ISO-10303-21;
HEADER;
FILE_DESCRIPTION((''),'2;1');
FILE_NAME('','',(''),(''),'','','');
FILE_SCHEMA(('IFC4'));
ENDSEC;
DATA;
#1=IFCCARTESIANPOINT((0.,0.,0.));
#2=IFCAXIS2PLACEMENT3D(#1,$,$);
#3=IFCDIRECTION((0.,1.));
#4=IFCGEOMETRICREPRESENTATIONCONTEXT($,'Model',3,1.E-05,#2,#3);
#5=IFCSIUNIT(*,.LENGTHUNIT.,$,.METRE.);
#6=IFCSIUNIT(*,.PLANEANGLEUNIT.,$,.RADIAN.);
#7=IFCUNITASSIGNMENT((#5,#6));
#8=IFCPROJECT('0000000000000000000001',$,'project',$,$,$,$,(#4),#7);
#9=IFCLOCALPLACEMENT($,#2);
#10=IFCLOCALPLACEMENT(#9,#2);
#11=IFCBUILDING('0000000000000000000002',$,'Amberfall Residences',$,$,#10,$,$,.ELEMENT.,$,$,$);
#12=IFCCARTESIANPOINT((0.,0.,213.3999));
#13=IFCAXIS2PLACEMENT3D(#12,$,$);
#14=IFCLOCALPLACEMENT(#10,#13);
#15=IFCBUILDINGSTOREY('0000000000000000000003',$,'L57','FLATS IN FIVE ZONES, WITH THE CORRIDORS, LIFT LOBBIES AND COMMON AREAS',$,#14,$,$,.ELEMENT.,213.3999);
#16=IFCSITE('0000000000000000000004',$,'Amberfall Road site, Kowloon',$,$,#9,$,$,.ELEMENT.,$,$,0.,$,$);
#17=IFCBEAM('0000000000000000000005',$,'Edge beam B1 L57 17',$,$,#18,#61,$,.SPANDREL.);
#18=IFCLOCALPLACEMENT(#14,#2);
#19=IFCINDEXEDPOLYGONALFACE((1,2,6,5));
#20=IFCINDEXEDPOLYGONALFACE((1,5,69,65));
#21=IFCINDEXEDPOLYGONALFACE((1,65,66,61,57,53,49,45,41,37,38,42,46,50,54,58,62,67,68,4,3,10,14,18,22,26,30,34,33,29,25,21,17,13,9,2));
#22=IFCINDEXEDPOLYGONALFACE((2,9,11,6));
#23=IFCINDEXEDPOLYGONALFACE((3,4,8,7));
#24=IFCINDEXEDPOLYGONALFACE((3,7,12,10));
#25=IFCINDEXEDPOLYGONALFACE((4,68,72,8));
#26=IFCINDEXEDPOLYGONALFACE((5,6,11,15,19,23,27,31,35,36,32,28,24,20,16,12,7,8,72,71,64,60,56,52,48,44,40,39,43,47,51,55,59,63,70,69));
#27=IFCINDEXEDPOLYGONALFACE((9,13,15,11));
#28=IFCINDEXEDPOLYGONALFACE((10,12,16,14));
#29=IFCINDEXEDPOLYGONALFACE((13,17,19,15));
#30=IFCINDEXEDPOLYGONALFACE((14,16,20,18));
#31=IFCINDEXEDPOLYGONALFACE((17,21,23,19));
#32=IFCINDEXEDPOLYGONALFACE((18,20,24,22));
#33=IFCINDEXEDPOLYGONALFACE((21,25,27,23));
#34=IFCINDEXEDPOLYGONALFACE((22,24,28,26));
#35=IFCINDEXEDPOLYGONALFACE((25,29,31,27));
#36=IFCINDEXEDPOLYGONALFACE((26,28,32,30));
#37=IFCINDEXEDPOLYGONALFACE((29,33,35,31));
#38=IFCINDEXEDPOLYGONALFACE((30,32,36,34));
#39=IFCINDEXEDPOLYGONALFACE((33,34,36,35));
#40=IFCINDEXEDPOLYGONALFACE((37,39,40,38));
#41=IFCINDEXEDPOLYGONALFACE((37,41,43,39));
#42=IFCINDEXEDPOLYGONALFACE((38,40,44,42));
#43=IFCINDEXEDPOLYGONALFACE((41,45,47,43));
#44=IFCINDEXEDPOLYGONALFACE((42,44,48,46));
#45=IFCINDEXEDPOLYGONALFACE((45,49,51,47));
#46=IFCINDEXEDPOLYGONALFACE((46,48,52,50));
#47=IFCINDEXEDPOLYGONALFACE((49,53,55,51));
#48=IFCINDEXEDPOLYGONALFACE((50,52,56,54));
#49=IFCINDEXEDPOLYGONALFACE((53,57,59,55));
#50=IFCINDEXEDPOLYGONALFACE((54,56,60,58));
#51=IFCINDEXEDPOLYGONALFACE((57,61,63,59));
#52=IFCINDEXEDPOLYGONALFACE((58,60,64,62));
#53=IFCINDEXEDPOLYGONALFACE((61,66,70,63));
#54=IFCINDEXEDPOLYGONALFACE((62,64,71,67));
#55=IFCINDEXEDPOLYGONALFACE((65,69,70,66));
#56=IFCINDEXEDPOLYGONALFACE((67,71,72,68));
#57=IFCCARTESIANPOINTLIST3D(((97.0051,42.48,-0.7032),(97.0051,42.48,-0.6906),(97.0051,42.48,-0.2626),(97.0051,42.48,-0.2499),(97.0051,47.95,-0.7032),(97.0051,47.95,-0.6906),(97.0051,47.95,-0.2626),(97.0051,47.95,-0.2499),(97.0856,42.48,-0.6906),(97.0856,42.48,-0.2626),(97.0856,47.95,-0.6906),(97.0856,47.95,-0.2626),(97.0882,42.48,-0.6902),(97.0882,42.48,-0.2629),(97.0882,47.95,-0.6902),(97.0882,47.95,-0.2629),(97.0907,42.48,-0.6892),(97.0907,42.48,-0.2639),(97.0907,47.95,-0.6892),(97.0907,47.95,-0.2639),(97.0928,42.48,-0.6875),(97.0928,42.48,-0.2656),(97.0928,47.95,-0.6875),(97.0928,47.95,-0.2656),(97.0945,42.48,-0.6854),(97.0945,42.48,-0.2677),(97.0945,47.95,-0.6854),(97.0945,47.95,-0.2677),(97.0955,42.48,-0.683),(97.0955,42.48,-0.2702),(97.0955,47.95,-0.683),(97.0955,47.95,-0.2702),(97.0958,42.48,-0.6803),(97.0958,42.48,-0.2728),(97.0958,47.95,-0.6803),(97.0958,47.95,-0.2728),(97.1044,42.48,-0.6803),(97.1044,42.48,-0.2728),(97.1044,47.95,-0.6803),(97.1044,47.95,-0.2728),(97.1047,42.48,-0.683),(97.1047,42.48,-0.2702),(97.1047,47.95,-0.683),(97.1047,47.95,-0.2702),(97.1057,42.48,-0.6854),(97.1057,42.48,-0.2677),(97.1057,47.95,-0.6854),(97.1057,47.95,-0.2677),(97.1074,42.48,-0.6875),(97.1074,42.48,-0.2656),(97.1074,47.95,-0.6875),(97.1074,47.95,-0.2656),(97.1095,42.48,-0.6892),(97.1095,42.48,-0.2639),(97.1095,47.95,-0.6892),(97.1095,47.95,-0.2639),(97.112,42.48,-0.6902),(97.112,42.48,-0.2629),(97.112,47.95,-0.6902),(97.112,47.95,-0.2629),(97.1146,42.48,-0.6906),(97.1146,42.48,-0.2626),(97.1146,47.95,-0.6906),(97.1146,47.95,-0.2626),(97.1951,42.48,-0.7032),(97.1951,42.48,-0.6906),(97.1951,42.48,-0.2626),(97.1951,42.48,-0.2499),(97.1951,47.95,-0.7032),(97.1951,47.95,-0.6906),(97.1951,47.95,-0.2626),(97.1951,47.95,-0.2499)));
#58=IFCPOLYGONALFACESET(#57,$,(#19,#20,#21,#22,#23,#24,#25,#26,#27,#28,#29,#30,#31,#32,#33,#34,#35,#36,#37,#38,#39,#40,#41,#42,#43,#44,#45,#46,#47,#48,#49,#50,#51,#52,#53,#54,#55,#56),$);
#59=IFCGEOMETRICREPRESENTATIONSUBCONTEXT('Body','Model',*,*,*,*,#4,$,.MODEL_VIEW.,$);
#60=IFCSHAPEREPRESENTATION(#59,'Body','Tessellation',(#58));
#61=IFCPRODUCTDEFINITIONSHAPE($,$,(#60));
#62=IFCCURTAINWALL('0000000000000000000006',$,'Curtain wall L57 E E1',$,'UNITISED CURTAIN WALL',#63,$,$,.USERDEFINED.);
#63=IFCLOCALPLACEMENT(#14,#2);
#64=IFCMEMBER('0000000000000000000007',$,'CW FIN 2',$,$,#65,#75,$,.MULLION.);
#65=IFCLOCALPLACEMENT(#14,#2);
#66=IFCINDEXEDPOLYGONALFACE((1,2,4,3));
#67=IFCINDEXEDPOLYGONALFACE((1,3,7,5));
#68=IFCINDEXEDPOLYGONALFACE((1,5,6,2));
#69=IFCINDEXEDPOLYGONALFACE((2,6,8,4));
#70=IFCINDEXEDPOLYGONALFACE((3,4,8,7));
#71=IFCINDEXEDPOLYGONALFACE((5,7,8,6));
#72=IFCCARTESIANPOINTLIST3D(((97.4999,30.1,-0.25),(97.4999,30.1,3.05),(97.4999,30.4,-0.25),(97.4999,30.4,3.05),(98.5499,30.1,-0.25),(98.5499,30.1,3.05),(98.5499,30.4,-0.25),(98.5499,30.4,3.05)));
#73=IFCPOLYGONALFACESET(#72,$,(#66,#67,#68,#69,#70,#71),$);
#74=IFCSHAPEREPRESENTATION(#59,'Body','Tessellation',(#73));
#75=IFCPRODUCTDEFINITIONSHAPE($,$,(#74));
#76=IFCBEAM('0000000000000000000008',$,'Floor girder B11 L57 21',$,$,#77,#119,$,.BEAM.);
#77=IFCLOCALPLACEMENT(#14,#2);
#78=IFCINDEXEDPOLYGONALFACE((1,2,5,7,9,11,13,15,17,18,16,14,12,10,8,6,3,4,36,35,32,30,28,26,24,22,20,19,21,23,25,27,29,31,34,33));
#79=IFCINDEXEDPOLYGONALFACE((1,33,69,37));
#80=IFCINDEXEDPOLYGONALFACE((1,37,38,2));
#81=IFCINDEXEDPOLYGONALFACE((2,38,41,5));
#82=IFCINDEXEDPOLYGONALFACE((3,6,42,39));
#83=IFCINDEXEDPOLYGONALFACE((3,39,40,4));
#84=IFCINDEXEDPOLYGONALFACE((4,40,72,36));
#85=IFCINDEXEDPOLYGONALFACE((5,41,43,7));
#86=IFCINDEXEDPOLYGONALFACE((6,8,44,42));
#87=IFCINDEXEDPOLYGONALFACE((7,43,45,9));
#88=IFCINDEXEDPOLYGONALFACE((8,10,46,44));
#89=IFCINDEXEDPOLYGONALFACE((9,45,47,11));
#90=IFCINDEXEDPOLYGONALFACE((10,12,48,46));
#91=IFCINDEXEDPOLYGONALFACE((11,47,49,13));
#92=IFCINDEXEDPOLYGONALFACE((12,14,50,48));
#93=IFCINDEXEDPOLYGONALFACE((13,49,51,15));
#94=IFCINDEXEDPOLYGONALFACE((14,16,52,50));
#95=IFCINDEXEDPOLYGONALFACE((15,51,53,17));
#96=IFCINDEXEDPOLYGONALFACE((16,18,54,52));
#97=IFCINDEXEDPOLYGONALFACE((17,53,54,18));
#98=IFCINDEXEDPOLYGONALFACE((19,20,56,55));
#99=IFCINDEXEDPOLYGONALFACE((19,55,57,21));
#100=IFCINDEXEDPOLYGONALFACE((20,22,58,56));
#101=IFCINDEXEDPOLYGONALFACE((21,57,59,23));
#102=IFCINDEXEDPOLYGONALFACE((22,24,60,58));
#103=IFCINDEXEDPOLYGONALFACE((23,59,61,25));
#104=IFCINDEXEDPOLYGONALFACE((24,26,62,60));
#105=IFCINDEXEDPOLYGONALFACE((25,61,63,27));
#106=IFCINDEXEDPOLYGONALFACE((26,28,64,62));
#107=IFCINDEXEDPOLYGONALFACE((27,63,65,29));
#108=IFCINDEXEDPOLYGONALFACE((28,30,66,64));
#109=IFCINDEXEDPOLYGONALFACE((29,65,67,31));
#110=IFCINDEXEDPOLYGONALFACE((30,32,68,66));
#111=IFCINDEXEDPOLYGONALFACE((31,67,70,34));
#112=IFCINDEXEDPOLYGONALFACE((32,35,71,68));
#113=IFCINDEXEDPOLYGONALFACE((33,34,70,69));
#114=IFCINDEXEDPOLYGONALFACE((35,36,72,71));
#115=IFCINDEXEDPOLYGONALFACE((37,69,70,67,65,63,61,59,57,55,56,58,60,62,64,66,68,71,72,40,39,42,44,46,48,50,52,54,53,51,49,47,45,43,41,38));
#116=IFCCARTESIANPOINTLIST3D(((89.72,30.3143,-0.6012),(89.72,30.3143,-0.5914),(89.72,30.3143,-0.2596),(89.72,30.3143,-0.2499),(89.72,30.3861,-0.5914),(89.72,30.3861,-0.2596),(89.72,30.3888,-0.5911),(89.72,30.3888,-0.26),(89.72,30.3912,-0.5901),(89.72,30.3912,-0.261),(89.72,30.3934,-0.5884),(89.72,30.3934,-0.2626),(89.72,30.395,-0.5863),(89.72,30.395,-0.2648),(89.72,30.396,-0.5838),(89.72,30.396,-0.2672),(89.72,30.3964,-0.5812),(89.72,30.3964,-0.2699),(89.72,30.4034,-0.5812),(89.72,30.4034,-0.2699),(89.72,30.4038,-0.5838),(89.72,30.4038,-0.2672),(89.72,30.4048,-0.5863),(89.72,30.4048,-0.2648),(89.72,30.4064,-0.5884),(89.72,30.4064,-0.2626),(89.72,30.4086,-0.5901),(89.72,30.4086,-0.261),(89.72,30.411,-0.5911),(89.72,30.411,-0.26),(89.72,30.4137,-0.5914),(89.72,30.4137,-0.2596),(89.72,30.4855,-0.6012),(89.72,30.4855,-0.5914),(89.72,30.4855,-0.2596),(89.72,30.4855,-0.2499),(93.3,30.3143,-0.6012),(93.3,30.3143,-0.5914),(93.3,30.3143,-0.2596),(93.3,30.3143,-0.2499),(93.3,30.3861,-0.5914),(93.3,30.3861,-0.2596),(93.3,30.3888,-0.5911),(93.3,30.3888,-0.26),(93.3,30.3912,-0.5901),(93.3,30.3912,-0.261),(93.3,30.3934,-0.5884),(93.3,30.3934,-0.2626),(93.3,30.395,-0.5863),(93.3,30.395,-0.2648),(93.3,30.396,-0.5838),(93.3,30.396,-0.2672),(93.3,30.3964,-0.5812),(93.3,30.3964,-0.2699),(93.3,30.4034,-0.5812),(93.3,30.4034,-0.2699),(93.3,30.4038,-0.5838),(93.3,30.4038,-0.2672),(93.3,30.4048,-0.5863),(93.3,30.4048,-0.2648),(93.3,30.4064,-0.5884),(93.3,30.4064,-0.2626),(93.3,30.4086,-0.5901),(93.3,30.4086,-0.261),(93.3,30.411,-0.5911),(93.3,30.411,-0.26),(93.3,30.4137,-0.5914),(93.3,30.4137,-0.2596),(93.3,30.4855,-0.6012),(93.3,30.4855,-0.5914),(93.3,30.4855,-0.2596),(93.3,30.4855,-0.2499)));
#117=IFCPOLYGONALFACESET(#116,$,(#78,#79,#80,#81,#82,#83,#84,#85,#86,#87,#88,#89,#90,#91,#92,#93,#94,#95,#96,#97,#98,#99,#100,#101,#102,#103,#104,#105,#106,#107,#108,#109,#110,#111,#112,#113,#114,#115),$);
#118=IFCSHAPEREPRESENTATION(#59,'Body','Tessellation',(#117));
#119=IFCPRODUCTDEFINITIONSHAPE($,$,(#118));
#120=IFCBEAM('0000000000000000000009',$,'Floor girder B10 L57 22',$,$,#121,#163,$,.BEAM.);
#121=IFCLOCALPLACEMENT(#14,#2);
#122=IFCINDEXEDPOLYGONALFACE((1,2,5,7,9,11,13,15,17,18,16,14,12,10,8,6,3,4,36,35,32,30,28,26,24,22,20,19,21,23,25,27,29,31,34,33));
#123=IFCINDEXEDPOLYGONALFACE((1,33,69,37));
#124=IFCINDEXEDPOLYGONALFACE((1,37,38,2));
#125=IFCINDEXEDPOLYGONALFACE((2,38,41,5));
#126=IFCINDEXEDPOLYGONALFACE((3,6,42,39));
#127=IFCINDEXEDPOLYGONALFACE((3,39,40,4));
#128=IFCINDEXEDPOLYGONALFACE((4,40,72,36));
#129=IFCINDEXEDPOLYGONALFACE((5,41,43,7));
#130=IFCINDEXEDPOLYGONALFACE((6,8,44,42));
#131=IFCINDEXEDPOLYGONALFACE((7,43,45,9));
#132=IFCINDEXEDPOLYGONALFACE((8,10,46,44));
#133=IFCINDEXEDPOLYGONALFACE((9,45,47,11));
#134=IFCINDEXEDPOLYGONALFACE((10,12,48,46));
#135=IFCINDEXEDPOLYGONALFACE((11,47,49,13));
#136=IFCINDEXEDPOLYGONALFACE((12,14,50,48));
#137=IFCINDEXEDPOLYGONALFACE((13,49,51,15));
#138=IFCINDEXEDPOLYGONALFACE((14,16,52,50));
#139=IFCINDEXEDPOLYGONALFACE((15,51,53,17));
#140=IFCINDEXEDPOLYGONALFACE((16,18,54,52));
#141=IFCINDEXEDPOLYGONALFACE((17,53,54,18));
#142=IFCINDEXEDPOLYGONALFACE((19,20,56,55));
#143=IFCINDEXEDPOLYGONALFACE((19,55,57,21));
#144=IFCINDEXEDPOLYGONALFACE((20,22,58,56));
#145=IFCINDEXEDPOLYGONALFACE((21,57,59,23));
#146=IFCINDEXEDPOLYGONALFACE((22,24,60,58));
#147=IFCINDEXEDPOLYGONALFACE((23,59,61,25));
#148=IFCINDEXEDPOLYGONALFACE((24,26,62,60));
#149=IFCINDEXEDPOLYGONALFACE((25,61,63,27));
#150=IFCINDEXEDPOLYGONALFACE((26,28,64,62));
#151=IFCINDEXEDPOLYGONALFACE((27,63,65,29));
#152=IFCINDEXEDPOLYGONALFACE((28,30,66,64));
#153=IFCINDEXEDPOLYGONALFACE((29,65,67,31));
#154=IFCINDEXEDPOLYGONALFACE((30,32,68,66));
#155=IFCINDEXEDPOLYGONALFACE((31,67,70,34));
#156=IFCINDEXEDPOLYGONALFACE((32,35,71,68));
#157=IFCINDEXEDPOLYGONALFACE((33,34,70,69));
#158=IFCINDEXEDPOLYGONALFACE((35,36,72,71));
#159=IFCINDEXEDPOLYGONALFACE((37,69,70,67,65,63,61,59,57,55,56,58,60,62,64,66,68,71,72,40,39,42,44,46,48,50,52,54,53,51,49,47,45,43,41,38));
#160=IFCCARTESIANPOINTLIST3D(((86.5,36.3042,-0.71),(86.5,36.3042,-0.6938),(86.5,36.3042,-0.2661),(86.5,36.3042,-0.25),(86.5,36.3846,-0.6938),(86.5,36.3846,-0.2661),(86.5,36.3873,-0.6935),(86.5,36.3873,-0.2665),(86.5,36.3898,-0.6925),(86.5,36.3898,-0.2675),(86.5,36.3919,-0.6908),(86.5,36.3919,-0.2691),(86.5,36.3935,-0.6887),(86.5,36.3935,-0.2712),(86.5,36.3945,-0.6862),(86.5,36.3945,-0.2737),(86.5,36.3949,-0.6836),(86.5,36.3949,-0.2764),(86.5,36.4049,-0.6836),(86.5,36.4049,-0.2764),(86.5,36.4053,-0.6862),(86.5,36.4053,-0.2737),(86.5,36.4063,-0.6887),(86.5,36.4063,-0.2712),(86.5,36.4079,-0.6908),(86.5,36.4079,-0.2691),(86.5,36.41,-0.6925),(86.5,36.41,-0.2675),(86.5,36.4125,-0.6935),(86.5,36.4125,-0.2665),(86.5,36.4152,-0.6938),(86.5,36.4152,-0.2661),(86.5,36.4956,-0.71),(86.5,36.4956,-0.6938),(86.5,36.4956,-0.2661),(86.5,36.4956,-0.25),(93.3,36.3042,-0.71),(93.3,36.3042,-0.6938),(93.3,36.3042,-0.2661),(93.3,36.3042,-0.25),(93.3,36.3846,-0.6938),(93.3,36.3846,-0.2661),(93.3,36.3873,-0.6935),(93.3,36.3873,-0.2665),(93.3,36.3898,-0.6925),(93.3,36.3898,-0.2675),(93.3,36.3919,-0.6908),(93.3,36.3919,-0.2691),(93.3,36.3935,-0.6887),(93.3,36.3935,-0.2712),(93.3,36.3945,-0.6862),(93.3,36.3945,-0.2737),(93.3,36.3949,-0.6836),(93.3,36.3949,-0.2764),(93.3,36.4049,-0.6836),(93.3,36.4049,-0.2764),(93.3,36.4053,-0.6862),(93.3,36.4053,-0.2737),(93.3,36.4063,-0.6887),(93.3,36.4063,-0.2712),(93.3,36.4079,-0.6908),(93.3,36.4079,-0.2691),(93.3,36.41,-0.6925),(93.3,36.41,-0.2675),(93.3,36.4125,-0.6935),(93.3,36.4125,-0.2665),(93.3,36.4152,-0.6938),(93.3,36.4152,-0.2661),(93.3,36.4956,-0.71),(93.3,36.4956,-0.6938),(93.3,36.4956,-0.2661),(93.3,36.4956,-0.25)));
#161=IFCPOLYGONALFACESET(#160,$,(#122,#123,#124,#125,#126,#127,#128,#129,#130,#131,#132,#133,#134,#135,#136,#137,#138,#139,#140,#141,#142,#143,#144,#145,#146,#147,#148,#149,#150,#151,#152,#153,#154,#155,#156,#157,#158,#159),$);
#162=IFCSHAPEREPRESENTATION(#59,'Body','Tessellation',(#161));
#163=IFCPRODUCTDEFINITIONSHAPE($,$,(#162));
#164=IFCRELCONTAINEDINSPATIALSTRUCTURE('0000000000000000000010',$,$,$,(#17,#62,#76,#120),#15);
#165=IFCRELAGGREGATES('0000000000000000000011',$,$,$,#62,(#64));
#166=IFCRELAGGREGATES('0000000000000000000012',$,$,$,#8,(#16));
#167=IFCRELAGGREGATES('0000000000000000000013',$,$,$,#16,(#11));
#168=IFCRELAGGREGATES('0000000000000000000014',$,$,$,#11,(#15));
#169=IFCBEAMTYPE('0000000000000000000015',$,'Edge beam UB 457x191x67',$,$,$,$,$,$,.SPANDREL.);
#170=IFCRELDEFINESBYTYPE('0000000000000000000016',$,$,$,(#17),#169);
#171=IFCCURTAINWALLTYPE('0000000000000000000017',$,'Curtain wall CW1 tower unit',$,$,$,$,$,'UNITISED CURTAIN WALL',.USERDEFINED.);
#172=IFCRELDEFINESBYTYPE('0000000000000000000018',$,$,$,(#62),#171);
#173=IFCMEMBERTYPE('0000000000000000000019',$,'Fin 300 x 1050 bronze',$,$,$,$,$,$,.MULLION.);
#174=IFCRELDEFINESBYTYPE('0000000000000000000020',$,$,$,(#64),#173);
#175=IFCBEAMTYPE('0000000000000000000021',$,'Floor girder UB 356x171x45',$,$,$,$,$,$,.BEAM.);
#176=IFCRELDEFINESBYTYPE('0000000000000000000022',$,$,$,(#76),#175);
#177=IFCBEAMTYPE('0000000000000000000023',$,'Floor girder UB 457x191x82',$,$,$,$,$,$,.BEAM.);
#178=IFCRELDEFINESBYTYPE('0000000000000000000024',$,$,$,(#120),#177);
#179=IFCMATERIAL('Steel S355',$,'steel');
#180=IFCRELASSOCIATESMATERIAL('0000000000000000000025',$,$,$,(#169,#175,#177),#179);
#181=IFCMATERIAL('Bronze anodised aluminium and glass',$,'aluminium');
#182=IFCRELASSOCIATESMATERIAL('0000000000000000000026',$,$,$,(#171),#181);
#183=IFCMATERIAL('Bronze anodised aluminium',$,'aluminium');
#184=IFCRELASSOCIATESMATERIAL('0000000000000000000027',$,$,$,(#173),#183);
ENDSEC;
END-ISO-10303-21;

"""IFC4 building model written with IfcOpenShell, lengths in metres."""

from ifc_helpers import new_model, si_unit, direction, frame, origin, origin_2d, place, context, subcontext, project, spatial, rectangle, i_section, extrude, material, material_profile, profile_set, type_object, element, aggregate, save


model = new_model("IFC4")

# Units and contexts
model_context = context("Model", 3, precision=1e-05, world=origin(), true_north=direction((0.0, 1.0)))
body_context = subcontext(model_context, "Body", "Model", "MODEL_VIEW")
ifc_project = project(units=[si_unit("LENGTHUNIT", "METRE"), si_unit("PLANEANGLEUNIT", "RADIAN")], contexts=[model_context])

# Site, building, storey
site_placement = place(None, origin())
site = spatial("IfcSite", under=ifc_project, at=site_placement, Name="Amberfall Road site, Kowloon", CompositionType="ELEMENT", RefElevation=0.0)
building_placement = place(site_placement, origin())
building = spatial("IfcBuilding", under=site, at=building_placement, Name="Amberfall Residences", CompositionType="ELEMENT")
storey_placement = place(building_placement, frame((0.0, 0.0, 213.3999)))
storey = spatial("IfcBuildingStorey", under=building, at=storey_placement, Name="L57", Description="FLATS IN FIVE ZONES, WITH THE CORRIDORS, LIFT LOBBIES AND COMMON AREAS", CompositionType="ELEMENT", Elevation=213.3999)

# Beam
ifc_material_1 = material(Name="Steel S355", Category="steel")
ifc_material_profile_1 = material_profile(ifc_material_1, i_section(OverallWidth=0.1899, OverallDepth=0.4534, WebThickness=0.0085, FlangeThickness=0.0127, FilletRadius=0.0103, at=origin_2d()), Name="UB 457x191x67")
ifc_profile_set_1 = profile_set([ifc_material_profile_1], Name="Steel S355")
beam_type_1 = type_object("IfcBeamType", Name="Edge beam UB 457x191x67", PredefinedType="SPANDREL", material=ifc_profile_set_1)
for number, where, z_axis, x_axis, name in (
    (1, (97.1001, 42.48, -0.4766), (0.0, 1.0, 0.0), (-1.0, 0.0, 0.0), "Edge beam B1 L57 17"),
):
    element("IfcBeam", number, at=place(storey_placement, frame(where, z_axis=z_axis, x_axis=x_axis)), inside=storey, type_object=beam_type_1, Name=name, PredefinedType="SPANDREL", context=body_context, shape_type="SweptSolid", body=[
        extrude(i_section(OverallWidth=0.1899, OverallDepth=0.4534, WebThickness=0.0085, FlangeThickness=0.0127, FilletRadius=0.0103, at=origin_2d()), origin(), (0.0, 0.0, 1.0), 5.47),
    ])

# Curtain wall, member
ifc_material_2 = material(Name="Bronze anodised aluminium and glass", Category="aluminium")
curtain_wall_type = type_object("IfcCurtainWallType", Name="Curtain wall CW1 tower unit", ElementType="UNITISED CURTAIN WALL", PredefinedType="USERDEFINED", material=ifc_material_2)
curtain_wall_placement = place(storey_placement, origin())
curtain_wall = element("IfcCurtainWall", 2, at=curtain_wall_placement, inside=storey, type_object=curtain_wall_type, Name="Curtain wall L57 E E1", ObjectType="UNITISED CURTAIN WALL", PredefinedType="USERDEFINED")
ifc_material_3 = material(Name="Bronze anodised aluminium", Category="aluminium")
ifc_material_profile_2 = material_profile(ifc_material_3, rectangle(XDim=1.05, YDim=0.3, at=origin_2d()), Name="Fin 300 x 1050 bronze")
ifc_profile_set_2 = profile_set([ifc_material_profile_2], Name="Bronze anodised aluminium")
member_type = type_object("IfcMemberType", Name="Fin 300 x 1050 bronze", PredefinedType="MULLION", material=ifc_profile_set_2)
member_placement = place(storey_placement, frame((98.0249, 30.25, -0.25), z_axis=(0.0, 0.0, 1.0), x_axis=(-1.0, 0.0, 0.0)))
member = element("IfcMember", 3, at=member_placement, type_object=member_type, Name="CW FIN 2", PredefinedType="MULLION", context=body_context, shape_type="SweptSolid", body=[
    extrude(rectangle(XDim=1.05, YDim=0.3, at=origin_2d()), origin(), (0.0, 0.0, 1.0), 3.3),
])
aggregate(curtain_wall, [member])

# Beams
ifc_material_profile_3 = material_profile(ifc_material_1, i_section(OverallWidth=0.1711, OverallDepth=0.3513, WebThickness=0.0071, FlangeThickness=0.0098, FilletRadius=0.0103, at=origin_2d()), Name="UB 356x171x45")
ifc_profile_set_3 = profile_set([ifc_material_profile_3], Name="Steel S355")
beam_type_2 = type_object("IfcBeamType", Name="Floor girder UB 356x171x45", PredefinedType="BEAM", material=ifc_profile_set_3)
beam_1_placement = place(storey_placement, frame((93.3, 30.3999, -0.4255), z_axis=(-1.0, 0.0, 0.0), x_axis=(0.0, -1.0, 0.0)))
element("IfcBeam", 4, at=beam_1_placement, inside=storey, type_object=beam_type_2, Name="Floor girder B11 L57 21", PredefinedType="BEAM", context=body_context, shape_type="SweptSolid", body=[
    extrude(i_section(OverallWidth=0.1711, OverallDepth=0.3513, WebThickness=0.0071, FlangeThickness=0.0098, FilletRadius=0.0103, at=origin_2d()), origin(), (0.0, 0.0, 1.0), 3.5801),
])
ifc_material_profile_4 = material_profile(ifc_material_1, i_section(OverallWidth=0.1914, OverallDepth=0.46, WebThickness=0.01, FlangeThickness=0.0161, FilletRadius=0.0103, at=origin_2d()), Name="UB 457x191x82")
ifc_profile_set_4 = profile_set([ifc_material_profile_4], Name="Steel S355")
beam_type_3 = type_object("IfcBeamType", Name="Floor girder UB 457x191x82", PredefinedType="BEAM", material=ifc_profile_set_4)
beam_2_placement = place(storey_placement, frame((93.3, 36.3999, -0.48), z_axis=(-1.0, 0.0, 0.0), x_axis=(0.0, -1.0, 0.0)))
element("IfcBeam", 5, at=beam_2_placement, inside=storey, type_object=beam_type_3, Name="Floor girder B10 L57 22", PredefinedType="BEAM", context=body_context, shape_type="SweptSolid", body=[
    extrude(i_section(OverallWidth=0.1914, OverallDepth=0.46, WebThickness=0.01, FlangeThickness=0.0161, FilletRadius=0.0103, at=origin_2d()), origin(), (0.0, 0.0, 1.0), 6.8),
])

save(model, "model.ifc")
